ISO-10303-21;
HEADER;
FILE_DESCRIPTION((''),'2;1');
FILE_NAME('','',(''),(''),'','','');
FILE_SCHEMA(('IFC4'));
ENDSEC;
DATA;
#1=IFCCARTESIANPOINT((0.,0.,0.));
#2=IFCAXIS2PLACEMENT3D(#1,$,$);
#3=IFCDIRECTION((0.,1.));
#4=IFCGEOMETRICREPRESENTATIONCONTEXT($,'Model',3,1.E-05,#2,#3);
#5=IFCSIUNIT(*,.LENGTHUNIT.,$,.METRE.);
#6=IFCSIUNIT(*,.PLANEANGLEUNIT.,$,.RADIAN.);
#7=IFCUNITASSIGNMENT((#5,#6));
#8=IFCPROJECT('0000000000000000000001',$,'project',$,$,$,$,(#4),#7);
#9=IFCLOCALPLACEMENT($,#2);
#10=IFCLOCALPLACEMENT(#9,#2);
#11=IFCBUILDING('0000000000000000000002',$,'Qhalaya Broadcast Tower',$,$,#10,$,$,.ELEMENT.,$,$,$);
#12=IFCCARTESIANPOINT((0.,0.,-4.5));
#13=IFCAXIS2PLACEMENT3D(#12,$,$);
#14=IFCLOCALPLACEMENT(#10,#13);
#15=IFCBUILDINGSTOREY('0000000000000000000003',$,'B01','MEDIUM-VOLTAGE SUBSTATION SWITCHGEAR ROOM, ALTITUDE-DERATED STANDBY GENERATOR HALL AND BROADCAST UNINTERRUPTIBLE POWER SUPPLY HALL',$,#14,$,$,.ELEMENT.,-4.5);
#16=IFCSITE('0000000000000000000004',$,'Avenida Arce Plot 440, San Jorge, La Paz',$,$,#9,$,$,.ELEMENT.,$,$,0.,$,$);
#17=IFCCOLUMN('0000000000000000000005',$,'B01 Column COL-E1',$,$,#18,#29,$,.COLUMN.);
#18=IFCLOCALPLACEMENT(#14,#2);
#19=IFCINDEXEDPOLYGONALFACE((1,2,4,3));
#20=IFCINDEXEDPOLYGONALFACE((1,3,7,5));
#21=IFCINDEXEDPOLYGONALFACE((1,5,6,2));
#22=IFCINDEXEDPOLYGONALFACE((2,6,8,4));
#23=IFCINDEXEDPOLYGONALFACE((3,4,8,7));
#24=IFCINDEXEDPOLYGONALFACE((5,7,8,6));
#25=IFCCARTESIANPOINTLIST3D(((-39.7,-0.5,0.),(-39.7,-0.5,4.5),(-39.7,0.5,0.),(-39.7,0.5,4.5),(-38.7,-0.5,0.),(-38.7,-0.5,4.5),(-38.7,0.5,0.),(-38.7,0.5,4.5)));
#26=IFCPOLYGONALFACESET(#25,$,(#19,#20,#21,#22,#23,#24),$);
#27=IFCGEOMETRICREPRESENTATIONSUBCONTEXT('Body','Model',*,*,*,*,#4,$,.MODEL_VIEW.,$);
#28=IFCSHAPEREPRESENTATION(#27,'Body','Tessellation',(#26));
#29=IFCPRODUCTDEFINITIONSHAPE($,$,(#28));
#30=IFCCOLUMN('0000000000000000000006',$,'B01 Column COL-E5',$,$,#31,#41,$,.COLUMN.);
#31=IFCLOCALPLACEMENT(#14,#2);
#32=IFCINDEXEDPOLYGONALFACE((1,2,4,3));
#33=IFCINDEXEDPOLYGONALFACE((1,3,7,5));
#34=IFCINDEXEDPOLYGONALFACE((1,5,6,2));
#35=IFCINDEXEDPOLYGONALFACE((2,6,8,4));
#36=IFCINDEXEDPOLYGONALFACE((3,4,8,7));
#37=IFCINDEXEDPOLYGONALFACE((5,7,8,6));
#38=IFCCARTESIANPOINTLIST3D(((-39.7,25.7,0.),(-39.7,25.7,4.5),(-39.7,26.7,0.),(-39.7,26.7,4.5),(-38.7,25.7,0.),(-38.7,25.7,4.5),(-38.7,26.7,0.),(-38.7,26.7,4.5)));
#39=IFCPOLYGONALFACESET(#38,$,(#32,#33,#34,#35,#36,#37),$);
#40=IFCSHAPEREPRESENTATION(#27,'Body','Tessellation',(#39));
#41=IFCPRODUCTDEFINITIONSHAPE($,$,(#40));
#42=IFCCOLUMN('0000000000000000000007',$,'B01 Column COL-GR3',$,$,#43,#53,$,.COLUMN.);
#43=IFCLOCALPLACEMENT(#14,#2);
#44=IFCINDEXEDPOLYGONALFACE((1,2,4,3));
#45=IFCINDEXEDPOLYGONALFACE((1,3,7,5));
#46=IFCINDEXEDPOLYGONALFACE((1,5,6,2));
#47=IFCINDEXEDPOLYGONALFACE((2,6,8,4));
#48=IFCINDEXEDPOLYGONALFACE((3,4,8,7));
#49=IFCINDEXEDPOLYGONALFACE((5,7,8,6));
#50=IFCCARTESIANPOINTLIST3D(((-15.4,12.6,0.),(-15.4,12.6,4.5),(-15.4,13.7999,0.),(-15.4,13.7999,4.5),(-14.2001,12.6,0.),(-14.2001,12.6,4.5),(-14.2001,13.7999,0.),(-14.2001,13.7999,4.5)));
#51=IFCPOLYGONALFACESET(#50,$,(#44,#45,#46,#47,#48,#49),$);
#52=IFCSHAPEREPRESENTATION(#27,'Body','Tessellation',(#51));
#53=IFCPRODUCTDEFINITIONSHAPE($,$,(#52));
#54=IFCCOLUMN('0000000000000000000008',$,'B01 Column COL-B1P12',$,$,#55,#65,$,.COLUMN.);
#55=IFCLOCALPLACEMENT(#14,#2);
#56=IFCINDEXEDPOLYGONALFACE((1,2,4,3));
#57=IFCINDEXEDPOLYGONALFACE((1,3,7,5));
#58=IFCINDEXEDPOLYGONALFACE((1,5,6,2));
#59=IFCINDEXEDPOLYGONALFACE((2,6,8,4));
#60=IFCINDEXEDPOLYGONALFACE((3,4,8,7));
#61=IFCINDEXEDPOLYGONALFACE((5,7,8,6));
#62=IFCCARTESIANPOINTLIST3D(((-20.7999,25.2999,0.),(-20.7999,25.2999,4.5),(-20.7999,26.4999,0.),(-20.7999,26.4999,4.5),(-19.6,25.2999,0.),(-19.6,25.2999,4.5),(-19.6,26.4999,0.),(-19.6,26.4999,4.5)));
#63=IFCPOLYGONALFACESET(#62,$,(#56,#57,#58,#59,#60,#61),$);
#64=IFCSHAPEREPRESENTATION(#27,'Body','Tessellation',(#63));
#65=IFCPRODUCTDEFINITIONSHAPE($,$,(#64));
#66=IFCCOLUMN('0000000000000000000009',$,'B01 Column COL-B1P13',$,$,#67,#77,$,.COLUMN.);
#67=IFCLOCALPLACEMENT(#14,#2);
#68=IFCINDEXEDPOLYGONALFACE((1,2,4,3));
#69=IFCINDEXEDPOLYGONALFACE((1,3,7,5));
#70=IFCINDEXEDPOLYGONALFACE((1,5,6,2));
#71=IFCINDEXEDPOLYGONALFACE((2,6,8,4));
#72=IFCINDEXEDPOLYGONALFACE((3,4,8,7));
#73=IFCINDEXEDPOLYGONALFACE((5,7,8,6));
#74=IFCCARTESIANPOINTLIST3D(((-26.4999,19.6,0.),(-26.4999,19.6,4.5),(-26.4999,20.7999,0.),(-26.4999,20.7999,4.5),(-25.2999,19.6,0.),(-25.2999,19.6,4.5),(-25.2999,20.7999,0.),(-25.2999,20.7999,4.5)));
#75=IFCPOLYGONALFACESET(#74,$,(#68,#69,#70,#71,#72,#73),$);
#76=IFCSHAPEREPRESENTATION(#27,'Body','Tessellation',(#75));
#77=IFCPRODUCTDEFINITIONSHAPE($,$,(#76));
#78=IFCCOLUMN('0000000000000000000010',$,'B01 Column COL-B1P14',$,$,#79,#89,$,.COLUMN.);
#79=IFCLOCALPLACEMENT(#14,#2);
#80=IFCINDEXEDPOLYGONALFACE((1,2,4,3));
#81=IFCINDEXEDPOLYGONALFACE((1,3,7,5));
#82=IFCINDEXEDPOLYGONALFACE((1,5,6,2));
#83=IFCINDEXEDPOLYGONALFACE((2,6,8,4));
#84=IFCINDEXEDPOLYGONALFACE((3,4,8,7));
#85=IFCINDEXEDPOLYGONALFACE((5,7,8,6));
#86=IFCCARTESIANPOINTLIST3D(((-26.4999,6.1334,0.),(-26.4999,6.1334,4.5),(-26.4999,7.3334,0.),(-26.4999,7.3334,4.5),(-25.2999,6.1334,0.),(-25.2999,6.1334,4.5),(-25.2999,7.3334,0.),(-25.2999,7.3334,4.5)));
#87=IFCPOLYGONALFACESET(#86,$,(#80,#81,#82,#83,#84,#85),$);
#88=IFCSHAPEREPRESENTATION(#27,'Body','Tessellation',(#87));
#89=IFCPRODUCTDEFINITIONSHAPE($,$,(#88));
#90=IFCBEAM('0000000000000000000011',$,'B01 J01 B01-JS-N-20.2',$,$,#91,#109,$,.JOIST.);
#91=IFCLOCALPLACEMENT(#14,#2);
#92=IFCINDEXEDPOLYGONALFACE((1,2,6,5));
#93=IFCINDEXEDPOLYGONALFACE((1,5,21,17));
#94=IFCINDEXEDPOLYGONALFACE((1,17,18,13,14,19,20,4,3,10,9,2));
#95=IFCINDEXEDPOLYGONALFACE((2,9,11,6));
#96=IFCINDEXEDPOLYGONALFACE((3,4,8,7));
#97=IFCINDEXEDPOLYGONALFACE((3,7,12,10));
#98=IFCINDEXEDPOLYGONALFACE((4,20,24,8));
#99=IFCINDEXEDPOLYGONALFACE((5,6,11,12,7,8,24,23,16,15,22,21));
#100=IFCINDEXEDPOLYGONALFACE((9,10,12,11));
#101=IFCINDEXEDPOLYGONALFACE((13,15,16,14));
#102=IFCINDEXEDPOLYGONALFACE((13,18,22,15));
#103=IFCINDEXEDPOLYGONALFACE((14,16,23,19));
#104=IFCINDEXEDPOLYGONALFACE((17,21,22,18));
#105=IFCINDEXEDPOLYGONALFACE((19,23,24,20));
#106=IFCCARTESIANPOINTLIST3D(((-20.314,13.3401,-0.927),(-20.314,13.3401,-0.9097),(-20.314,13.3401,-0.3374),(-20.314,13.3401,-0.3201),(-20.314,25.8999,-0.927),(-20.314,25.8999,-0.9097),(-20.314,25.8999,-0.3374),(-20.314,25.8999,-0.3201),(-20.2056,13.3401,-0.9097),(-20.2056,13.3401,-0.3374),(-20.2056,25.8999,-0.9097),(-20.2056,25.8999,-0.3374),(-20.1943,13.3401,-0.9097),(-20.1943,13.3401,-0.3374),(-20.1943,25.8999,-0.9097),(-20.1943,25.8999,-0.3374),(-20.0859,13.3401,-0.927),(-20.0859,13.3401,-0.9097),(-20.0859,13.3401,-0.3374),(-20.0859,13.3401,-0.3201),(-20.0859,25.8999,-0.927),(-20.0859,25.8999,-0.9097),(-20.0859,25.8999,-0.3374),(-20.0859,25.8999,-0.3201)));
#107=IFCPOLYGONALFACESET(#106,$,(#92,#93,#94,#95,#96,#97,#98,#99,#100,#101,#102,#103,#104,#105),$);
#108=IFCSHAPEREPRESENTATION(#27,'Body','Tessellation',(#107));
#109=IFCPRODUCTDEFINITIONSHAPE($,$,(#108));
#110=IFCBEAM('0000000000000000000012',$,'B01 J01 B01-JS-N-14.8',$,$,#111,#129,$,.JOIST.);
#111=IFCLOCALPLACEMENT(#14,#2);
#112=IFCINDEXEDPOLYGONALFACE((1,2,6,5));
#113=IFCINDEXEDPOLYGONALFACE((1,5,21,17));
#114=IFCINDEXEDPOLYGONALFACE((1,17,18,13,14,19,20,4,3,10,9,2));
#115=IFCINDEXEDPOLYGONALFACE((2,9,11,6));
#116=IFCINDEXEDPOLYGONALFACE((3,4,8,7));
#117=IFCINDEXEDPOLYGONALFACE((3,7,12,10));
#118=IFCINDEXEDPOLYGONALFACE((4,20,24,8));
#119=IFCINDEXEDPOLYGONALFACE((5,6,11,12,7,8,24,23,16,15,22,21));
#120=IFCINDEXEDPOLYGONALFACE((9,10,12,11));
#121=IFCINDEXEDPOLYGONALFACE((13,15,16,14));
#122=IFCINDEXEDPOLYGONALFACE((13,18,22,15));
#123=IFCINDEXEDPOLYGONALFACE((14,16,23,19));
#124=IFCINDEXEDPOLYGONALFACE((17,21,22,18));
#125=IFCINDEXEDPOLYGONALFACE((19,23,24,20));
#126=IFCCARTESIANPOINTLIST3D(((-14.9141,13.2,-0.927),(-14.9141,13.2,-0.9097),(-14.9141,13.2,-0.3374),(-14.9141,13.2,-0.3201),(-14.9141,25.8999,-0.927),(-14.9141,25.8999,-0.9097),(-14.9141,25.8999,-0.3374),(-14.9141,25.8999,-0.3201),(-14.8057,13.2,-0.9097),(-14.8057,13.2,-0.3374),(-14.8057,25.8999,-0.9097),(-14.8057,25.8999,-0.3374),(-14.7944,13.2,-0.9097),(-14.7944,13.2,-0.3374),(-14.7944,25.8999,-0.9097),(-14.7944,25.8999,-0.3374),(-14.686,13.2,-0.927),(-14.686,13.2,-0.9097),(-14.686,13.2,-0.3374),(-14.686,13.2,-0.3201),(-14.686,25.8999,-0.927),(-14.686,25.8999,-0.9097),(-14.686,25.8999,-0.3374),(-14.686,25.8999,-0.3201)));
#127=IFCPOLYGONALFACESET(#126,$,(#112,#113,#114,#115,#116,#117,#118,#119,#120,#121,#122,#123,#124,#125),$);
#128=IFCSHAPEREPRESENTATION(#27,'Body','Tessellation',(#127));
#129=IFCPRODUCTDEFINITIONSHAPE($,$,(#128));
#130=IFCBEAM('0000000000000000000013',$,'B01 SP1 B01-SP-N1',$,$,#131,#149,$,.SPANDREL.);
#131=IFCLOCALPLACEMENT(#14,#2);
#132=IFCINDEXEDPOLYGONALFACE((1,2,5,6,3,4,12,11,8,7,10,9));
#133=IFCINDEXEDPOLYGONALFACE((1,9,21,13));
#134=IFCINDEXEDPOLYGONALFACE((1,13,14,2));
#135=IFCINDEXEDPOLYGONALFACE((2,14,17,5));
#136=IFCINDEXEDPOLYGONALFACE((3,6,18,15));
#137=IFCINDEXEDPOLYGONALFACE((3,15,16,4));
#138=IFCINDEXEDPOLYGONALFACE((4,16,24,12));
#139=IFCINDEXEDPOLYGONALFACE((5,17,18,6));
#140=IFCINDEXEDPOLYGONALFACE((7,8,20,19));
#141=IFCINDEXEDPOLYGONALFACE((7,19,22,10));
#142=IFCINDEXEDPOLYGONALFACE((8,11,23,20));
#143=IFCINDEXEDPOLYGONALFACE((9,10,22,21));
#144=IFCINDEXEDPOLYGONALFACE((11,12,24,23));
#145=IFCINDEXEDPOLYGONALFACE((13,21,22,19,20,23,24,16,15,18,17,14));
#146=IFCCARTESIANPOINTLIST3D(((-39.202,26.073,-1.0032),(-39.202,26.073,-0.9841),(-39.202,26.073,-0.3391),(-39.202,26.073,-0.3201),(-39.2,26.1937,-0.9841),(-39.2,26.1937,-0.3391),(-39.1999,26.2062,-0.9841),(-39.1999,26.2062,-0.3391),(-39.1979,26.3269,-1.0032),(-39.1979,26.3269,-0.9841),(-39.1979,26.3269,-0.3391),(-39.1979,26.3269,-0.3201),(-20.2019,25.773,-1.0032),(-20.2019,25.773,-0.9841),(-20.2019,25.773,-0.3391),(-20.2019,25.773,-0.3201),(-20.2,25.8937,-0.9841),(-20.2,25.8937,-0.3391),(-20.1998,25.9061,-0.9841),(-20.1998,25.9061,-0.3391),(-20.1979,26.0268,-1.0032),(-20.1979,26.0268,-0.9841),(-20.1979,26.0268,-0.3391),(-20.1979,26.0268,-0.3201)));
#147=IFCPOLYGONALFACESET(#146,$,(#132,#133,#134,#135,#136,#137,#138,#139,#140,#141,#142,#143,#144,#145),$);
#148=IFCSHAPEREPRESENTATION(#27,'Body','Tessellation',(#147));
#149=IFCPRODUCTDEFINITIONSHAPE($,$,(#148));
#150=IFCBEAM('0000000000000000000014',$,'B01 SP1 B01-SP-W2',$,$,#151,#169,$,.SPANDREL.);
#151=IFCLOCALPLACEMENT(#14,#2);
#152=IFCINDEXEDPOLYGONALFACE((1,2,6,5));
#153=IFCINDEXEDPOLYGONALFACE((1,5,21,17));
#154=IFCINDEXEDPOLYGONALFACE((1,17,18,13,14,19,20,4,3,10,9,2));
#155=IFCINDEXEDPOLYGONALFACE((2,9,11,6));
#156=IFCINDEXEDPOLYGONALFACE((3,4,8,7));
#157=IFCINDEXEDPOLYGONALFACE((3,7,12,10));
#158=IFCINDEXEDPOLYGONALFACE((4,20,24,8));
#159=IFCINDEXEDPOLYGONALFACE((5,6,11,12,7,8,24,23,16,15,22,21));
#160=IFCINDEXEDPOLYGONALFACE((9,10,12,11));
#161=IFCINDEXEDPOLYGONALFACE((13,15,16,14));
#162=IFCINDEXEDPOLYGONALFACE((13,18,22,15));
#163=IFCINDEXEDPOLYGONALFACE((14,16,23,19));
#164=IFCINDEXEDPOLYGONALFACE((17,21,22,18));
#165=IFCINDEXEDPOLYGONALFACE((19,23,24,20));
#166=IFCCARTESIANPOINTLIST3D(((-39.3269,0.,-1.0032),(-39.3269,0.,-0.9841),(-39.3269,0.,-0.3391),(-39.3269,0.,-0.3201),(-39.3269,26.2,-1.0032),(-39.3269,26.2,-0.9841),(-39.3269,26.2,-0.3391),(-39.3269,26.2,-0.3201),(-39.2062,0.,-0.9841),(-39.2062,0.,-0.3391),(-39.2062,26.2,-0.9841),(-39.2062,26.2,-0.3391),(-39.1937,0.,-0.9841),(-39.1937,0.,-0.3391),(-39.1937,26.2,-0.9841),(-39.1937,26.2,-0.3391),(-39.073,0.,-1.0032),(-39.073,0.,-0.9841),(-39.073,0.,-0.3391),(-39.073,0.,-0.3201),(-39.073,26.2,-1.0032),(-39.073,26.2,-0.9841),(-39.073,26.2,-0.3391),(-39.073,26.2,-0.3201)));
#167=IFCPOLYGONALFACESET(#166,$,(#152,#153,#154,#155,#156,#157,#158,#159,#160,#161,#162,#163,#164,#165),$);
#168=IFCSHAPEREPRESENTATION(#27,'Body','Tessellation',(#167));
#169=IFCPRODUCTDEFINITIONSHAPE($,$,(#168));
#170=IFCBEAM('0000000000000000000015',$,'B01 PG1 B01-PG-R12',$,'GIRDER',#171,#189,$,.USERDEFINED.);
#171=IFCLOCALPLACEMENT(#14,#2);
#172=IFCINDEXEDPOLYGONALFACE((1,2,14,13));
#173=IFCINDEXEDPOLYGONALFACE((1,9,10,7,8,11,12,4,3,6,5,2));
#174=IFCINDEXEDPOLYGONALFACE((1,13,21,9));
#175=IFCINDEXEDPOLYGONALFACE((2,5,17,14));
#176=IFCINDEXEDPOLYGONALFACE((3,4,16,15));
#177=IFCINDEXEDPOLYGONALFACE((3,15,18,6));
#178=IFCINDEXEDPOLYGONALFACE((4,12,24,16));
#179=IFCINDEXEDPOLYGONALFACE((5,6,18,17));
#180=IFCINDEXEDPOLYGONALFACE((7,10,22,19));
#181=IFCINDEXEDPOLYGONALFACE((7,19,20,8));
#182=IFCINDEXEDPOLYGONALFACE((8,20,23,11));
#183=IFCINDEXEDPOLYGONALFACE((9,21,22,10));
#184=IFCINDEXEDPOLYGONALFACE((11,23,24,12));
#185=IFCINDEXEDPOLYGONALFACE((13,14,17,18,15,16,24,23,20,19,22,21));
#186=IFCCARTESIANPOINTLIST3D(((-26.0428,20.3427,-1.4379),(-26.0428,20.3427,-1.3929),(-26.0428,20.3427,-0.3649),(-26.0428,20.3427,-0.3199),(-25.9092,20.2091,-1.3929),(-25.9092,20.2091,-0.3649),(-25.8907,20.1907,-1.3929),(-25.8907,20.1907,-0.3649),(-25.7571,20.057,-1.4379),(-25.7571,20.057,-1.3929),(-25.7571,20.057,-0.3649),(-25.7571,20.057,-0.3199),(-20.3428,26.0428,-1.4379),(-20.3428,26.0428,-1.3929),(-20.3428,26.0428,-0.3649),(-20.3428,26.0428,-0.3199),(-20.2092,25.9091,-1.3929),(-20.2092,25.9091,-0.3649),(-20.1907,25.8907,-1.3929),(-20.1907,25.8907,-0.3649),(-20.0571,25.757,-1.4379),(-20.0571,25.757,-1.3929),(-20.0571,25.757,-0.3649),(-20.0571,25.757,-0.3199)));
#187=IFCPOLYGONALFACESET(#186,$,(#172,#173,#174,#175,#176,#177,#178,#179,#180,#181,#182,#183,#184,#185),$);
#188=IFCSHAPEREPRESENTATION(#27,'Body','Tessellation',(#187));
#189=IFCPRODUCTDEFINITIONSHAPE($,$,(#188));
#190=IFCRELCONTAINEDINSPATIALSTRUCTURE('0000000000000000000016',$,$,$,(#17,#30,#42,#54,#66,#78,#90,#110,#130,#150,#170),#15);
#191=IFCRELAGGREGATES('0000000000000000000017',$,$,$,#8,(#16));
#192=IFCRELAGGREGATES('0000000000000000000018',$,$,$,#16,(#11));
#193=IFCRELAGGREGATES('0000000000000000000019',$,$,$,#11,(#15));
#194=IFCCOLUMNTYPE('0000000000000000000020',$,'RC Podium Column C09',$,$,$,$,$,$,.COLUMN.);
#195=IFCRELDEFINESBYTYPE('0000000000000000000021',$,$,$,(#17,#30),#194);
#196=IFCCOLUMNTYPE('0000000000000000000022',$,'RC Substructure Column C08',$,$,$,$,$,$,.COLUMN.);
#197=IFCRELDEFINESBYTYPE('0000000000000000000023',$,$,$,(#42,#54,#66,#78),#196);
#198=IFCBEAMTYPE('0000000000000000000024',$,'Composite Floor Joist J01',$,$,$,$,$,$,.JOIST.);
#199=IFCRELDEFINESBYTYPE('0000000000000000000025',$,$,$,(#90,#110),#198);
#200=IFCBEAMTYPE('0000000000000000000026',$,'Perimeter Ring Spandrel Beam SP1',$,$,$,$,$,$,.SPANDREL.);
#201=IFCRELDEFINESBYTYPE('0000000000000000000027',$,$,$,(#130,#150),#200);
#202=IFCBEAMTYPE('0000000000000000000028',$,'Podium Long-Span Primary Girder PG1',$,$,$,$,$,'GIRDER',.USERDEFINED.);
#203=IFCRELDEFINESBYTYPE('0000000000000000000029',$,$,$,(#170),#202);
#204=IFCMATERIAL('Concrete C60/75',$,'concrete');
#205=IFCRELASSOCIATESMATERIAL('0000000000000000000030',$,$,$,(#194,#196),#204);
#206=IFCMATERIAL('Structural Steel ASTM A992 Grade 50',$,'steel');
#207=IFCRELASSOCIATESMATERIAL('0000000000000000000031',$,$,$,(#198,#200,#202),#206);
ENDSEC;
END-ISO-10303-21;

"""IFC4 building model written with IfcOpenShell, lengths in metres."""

from ifc_helpers import new_model, si_unit, direction, frame, origin, origin_2d, place, context, subcontext, project, spatial, rectangle, i_section, extrude, material, material_profile, profile_set, type_object, element, save


model = new_model("IFC4")

# Units and contexts
model_context = context("Model", 3, precision=1e-05, world=origin(), true_north=direction((0.0, 1.0)))
body_context = subcontext(model_context, "Body", "Model", "MODEL_VIEW")
ifc_project = project(units=[si_unit("LENGTHUNIT", "METRE"), si_unit("PLANEANGLEUNIT", "RADIAN")], contexts=[model_context])

# Site, building, storey
site_placement = place(None, origin())
site = spatial("IfcSite", under=ifc_project, at=site_placement, Name="Avenida Arce Plot 440, San Jorge, La Paz", CompositionType="ELEMENT", RefElevation=0.0)
building_placement = place(site_placement, origin())
building = spatial("IfcBuilding", under=site, at=building_placement, Name="Qhalaya Broadcast Tower", CompositionType="ELEMENT")
storey_placement = place(building_placement, frame((0.0, 0.0, -4.5)))
storey = spatial("IfcBuildingStorey", under=building, at=storey_placement, Name="B01", Description="MEDIUM-VOLTAGE SUBSTATION SWITCHGEAR ROOM, ALTITUDE-DERATED STANDBY GENERATOR HALL AND BROADCAST UNINTERRUPTIBLE POWER SUPPLY HALL", CompositionType="ELEMENT", Elevation=-4.5)

# Columns
ifc_material_1 = material(Name="Concrete C60/75", Category="concrete")
ifc_material_profile_1 = material_profile(ifc_material_1, rectangle(XDim=1.0, YDim=1.0, at=origin_2d()), Name="RC-COL 1000x1000")
ifc_profile_set_1 = profile_set([ifc_material_profile_1], Name="Concrete C60/75")
column_type_1 = type_object("IfcColumnType", Name="RC Podium Column C09", PredefinedType="COLUMN", material=ifc_profile_set_1)
for number, where, z_axis, x_axis, name in (
    (1, (-39.2, 0.0, 0.0), (0.0, 0.0, 1.0), (1.0, 0.0, 0.0), "B01 Column COL-E1"),
    (2, (-39.2, 26.2, 0.0), (0.0, 0.0, 1.0), (1.0, 0.0, 0.0), "B01 Column COL-E5"),
):
    element("IfcColumn", number, at=place(storey_placement, frame(where, z_axis=z_axis, x_axis=x_axis)), inside=storey, type_object=column_type_1, Name=name, PredefinedType="COLUMN", context=body_context, shape_type="SweptSolid", body=[
        extrude(rectangle(XDim=1.0, YDim=1.0, at=origin_2d()), origin(), (0.0, 0.0, 1.0), 4.5),
    ])
ifc_material_profile_2 = material_profile(ifc_material_1, rectangle(XDim=1.2, YDim=1.2, at=origin_2d()), Name="RC-COL 1200x1200")
ifc_profile_set_2 = profile_set([ifc_material_profile_2], Name="Concrete C60/75")
column_type_2 = type_object("IfcColumnType", Name="RC Substructure Column C08", PredefinedType="COLUMN", material=ifc_profile_set_2)
for number, where, z_axis, x_axis, name in (
    (3, (-14.8, 13.2, 0.0), (0.0, 0.0, 1.0), (1.0, 0.0, 0.0), "B01 Column COL-GR3"),
    (4, (-20.2, 25.8999, 0.0), (0.0, 0.0, 1.0), (1.0, 0.0, 0.0), "B01 Column COL-B1P12"),
    (5, (-25.8999, 20.2, 0.0), (0.0, 0.0, 1.0), (0.0, 1.0, 0.0), "B01 Column COL-B1P13"),
    (6, (-25.8999, 6.7334, 0.0), (0.0, 0.0, 1.0), (0.0, 1.0, 0.0), "B01 Column COL-B1P14"),
):
    element("IfcColumn", number, at=place(storey_placement, frame(where, z_axis=z_axis, x_axis=x_axis)), inside=storey, type_object=column_type_2, Name=name, PredefinedType="COLUMN", context=body_context, shape_type="SweptSolid", body=[
        extrude(rectangle(XDim=1.2, YDim=1.2, at=origin_2d()), origin(), (0.0, 0.0, 1.0), 4.5),
    ])

# Beams
ifc_material_2 = material(Name="Structural Steel ASTM A992 Grade 50", Category="steel")
ifc_material_profile_3 = material_profile(ifc_material_2, i_section(OverallWidth=0.228, OverallDepth=0.6069, WebThickness=0.0112, FlangeThickness=0.0173, at=origin_2d()), Name="W24X76")
ifc_profile_set_3 = profile_set([ifc_material_profile_3], Name="Structural Steel ASTM A992 Grade 50")
beam_type_1 = type_object("IfcBeamType", Name="Composite Floor Joist J01", PredefinedType="JOIST", material=ifc_profile_set_3)
beam_1_placement = place(storey_placement, frame((-20.2, 13.3401, -0.6235), z_axis=(0.0, 1.0, 0.0), x_axis=(-1.0, 0.0, 0.0)))
element("IfcBeam", 7, at=beam_1_placement, inside=storey, type_object=beam_type_1, Name="B01 J01 B01-JS-N-20.2", PredefinedType="JOIST", context=body_context, shape_type="SweptSolid", body=[
    extrude(i_section(OverallWidth=0.228, OverallDepth=0.6069, WebThickness=0.0112, FlangeThickness=0.0173, at=origin_2d()), origin(), (0.0, 0.0, 1.0), 12.5598),
])
beam_2_placement = place(storey_placement, frame((-14.8, 13.2, -0.6235), z_axis=(0.0, 1.0, 0.0), x_axis=(-1.0, 0.0, 0.0)))
element("IfcBeam", 8, at=beam_2_placement, inside=storey, type_object=beam_type_1, Name="B01 J01 B01-JS-N-14.8", PredefinedType="JOIST", context=body_context, shape_type="SweptSolid", body=[
    extrude(i_section(OverallWidth=0.228, OverallDepth=0.6069, WebThickness=0.0112, FlangeThickness=0.0173, at=origin_2d()), origin(), (0.0, 0.0, 1.0), 12.7),
])
ifc_material_profile_4 = material_profile(ifc_material_2, i_section(OverallWidth=0.2539, OverallDepth=0.6831, WebThickness=0.0125, FlangeThickness=0.019, at=origin_2d()), Name="W27X94")
ifc_profile_set_4 = profile_set([ifc_material_profile_4], Name="Structural Steel ASTM A992 Grade 50")
beam_type_2 = type_object("IfcBeamType", Name="Perimeter Ring Spandrel Beam SP1", PredefinedType="SPANDREL", material=ifc_profile_set_4)
beam_3_placement = place(storey_placement, frame((-39.2, 26.2, -0.6616), z_axis=(0.999875, -0.01579, 0.0), x_axis=(0.01579, 0.999875, 0.0)))
element("IfcBeam", 9, at=beam_3_placement, inside=storey, type_object=beam_type_2, Name="B01 SP1 B01-SP-N1", PredefinedType="SPANDREL", context=body_context, shape_type="SweptSolid", body=[
    extrude(i_section(OverallWidth=0.2539, OverallDepth=0.6831, WebThickness=0.0125, FlangeThickness=0.019, at=origin_2d()), origin(), (0.0, 0.0, 1.0), 19.0024),
])
beam_4_placement = place(storey_placement, frame((-39.2, 0.0, -0.6616), z_axis=(0.0, 1.0, 0.0), x_axis=(-1.0, 0.0, 0.0)))
element("IfcBeam", 10, at=beam_4_placement, inside=storey, type_object=beam_type_2, Name="B01 SP1 B01-SP-W2", PredefinedType="SPANDREL", context=body_context, shape_type="SweptSolid", body=[
    extrude(i_section(OverallWidth=0.2539, OverallDepth=0.6831, WebThickness=0.0125, FlangeThickness=0.019, at=origin_2d()), origin(), (0.0, 0.0, 1.0), 26.2),
])
ifc_material_profile_5 = material_profile(ifc_material_2, i_section(OverallWidth=0.4041, OverallDepth=1.1179, WebThickness=0.0261, FlangeThickness=0.0449, at=origin_2d()), Name="W44X335")
ifc_profile_set_5 = profile_set([ifc_material_profile_5], Name="Structural Steel ASTM A992 Grade 50")
beam_type_3 = type_object("IfcBeamType", Name="Podium Long-Span Primary Girder PG1", ElementType="GIRDER", PredefinedType="USERDEFINED", material=ifc_profile_set_5)
beam_5_placement = place(storey_placement, frame((-20.2, 25.8999, -0.8789), z_axis=(-0.707107, -0.707107, 0.0), x_axis=(0.707107, -0.707107, 0.0)))
element("IfcBeam", 11, at=beam_5_placement, inside=storey, type_object=beam_type_3, Name="B01 PG1 B01-PG-R12", ObjectType="GIRDER", PredefinedType="USERDEFINED", context=body_context, shape_type="SweptSolid", body=[
    extrude(i_section(OverallWidth=0.4041, OverallDepth=1.1179, WebThickness=0.0261, FlangeThickness=0.0449, at=origin_2d()), origin(), (0.0, 0.0, 1.0), 8.061),
])

save(model, "model.ifc")
